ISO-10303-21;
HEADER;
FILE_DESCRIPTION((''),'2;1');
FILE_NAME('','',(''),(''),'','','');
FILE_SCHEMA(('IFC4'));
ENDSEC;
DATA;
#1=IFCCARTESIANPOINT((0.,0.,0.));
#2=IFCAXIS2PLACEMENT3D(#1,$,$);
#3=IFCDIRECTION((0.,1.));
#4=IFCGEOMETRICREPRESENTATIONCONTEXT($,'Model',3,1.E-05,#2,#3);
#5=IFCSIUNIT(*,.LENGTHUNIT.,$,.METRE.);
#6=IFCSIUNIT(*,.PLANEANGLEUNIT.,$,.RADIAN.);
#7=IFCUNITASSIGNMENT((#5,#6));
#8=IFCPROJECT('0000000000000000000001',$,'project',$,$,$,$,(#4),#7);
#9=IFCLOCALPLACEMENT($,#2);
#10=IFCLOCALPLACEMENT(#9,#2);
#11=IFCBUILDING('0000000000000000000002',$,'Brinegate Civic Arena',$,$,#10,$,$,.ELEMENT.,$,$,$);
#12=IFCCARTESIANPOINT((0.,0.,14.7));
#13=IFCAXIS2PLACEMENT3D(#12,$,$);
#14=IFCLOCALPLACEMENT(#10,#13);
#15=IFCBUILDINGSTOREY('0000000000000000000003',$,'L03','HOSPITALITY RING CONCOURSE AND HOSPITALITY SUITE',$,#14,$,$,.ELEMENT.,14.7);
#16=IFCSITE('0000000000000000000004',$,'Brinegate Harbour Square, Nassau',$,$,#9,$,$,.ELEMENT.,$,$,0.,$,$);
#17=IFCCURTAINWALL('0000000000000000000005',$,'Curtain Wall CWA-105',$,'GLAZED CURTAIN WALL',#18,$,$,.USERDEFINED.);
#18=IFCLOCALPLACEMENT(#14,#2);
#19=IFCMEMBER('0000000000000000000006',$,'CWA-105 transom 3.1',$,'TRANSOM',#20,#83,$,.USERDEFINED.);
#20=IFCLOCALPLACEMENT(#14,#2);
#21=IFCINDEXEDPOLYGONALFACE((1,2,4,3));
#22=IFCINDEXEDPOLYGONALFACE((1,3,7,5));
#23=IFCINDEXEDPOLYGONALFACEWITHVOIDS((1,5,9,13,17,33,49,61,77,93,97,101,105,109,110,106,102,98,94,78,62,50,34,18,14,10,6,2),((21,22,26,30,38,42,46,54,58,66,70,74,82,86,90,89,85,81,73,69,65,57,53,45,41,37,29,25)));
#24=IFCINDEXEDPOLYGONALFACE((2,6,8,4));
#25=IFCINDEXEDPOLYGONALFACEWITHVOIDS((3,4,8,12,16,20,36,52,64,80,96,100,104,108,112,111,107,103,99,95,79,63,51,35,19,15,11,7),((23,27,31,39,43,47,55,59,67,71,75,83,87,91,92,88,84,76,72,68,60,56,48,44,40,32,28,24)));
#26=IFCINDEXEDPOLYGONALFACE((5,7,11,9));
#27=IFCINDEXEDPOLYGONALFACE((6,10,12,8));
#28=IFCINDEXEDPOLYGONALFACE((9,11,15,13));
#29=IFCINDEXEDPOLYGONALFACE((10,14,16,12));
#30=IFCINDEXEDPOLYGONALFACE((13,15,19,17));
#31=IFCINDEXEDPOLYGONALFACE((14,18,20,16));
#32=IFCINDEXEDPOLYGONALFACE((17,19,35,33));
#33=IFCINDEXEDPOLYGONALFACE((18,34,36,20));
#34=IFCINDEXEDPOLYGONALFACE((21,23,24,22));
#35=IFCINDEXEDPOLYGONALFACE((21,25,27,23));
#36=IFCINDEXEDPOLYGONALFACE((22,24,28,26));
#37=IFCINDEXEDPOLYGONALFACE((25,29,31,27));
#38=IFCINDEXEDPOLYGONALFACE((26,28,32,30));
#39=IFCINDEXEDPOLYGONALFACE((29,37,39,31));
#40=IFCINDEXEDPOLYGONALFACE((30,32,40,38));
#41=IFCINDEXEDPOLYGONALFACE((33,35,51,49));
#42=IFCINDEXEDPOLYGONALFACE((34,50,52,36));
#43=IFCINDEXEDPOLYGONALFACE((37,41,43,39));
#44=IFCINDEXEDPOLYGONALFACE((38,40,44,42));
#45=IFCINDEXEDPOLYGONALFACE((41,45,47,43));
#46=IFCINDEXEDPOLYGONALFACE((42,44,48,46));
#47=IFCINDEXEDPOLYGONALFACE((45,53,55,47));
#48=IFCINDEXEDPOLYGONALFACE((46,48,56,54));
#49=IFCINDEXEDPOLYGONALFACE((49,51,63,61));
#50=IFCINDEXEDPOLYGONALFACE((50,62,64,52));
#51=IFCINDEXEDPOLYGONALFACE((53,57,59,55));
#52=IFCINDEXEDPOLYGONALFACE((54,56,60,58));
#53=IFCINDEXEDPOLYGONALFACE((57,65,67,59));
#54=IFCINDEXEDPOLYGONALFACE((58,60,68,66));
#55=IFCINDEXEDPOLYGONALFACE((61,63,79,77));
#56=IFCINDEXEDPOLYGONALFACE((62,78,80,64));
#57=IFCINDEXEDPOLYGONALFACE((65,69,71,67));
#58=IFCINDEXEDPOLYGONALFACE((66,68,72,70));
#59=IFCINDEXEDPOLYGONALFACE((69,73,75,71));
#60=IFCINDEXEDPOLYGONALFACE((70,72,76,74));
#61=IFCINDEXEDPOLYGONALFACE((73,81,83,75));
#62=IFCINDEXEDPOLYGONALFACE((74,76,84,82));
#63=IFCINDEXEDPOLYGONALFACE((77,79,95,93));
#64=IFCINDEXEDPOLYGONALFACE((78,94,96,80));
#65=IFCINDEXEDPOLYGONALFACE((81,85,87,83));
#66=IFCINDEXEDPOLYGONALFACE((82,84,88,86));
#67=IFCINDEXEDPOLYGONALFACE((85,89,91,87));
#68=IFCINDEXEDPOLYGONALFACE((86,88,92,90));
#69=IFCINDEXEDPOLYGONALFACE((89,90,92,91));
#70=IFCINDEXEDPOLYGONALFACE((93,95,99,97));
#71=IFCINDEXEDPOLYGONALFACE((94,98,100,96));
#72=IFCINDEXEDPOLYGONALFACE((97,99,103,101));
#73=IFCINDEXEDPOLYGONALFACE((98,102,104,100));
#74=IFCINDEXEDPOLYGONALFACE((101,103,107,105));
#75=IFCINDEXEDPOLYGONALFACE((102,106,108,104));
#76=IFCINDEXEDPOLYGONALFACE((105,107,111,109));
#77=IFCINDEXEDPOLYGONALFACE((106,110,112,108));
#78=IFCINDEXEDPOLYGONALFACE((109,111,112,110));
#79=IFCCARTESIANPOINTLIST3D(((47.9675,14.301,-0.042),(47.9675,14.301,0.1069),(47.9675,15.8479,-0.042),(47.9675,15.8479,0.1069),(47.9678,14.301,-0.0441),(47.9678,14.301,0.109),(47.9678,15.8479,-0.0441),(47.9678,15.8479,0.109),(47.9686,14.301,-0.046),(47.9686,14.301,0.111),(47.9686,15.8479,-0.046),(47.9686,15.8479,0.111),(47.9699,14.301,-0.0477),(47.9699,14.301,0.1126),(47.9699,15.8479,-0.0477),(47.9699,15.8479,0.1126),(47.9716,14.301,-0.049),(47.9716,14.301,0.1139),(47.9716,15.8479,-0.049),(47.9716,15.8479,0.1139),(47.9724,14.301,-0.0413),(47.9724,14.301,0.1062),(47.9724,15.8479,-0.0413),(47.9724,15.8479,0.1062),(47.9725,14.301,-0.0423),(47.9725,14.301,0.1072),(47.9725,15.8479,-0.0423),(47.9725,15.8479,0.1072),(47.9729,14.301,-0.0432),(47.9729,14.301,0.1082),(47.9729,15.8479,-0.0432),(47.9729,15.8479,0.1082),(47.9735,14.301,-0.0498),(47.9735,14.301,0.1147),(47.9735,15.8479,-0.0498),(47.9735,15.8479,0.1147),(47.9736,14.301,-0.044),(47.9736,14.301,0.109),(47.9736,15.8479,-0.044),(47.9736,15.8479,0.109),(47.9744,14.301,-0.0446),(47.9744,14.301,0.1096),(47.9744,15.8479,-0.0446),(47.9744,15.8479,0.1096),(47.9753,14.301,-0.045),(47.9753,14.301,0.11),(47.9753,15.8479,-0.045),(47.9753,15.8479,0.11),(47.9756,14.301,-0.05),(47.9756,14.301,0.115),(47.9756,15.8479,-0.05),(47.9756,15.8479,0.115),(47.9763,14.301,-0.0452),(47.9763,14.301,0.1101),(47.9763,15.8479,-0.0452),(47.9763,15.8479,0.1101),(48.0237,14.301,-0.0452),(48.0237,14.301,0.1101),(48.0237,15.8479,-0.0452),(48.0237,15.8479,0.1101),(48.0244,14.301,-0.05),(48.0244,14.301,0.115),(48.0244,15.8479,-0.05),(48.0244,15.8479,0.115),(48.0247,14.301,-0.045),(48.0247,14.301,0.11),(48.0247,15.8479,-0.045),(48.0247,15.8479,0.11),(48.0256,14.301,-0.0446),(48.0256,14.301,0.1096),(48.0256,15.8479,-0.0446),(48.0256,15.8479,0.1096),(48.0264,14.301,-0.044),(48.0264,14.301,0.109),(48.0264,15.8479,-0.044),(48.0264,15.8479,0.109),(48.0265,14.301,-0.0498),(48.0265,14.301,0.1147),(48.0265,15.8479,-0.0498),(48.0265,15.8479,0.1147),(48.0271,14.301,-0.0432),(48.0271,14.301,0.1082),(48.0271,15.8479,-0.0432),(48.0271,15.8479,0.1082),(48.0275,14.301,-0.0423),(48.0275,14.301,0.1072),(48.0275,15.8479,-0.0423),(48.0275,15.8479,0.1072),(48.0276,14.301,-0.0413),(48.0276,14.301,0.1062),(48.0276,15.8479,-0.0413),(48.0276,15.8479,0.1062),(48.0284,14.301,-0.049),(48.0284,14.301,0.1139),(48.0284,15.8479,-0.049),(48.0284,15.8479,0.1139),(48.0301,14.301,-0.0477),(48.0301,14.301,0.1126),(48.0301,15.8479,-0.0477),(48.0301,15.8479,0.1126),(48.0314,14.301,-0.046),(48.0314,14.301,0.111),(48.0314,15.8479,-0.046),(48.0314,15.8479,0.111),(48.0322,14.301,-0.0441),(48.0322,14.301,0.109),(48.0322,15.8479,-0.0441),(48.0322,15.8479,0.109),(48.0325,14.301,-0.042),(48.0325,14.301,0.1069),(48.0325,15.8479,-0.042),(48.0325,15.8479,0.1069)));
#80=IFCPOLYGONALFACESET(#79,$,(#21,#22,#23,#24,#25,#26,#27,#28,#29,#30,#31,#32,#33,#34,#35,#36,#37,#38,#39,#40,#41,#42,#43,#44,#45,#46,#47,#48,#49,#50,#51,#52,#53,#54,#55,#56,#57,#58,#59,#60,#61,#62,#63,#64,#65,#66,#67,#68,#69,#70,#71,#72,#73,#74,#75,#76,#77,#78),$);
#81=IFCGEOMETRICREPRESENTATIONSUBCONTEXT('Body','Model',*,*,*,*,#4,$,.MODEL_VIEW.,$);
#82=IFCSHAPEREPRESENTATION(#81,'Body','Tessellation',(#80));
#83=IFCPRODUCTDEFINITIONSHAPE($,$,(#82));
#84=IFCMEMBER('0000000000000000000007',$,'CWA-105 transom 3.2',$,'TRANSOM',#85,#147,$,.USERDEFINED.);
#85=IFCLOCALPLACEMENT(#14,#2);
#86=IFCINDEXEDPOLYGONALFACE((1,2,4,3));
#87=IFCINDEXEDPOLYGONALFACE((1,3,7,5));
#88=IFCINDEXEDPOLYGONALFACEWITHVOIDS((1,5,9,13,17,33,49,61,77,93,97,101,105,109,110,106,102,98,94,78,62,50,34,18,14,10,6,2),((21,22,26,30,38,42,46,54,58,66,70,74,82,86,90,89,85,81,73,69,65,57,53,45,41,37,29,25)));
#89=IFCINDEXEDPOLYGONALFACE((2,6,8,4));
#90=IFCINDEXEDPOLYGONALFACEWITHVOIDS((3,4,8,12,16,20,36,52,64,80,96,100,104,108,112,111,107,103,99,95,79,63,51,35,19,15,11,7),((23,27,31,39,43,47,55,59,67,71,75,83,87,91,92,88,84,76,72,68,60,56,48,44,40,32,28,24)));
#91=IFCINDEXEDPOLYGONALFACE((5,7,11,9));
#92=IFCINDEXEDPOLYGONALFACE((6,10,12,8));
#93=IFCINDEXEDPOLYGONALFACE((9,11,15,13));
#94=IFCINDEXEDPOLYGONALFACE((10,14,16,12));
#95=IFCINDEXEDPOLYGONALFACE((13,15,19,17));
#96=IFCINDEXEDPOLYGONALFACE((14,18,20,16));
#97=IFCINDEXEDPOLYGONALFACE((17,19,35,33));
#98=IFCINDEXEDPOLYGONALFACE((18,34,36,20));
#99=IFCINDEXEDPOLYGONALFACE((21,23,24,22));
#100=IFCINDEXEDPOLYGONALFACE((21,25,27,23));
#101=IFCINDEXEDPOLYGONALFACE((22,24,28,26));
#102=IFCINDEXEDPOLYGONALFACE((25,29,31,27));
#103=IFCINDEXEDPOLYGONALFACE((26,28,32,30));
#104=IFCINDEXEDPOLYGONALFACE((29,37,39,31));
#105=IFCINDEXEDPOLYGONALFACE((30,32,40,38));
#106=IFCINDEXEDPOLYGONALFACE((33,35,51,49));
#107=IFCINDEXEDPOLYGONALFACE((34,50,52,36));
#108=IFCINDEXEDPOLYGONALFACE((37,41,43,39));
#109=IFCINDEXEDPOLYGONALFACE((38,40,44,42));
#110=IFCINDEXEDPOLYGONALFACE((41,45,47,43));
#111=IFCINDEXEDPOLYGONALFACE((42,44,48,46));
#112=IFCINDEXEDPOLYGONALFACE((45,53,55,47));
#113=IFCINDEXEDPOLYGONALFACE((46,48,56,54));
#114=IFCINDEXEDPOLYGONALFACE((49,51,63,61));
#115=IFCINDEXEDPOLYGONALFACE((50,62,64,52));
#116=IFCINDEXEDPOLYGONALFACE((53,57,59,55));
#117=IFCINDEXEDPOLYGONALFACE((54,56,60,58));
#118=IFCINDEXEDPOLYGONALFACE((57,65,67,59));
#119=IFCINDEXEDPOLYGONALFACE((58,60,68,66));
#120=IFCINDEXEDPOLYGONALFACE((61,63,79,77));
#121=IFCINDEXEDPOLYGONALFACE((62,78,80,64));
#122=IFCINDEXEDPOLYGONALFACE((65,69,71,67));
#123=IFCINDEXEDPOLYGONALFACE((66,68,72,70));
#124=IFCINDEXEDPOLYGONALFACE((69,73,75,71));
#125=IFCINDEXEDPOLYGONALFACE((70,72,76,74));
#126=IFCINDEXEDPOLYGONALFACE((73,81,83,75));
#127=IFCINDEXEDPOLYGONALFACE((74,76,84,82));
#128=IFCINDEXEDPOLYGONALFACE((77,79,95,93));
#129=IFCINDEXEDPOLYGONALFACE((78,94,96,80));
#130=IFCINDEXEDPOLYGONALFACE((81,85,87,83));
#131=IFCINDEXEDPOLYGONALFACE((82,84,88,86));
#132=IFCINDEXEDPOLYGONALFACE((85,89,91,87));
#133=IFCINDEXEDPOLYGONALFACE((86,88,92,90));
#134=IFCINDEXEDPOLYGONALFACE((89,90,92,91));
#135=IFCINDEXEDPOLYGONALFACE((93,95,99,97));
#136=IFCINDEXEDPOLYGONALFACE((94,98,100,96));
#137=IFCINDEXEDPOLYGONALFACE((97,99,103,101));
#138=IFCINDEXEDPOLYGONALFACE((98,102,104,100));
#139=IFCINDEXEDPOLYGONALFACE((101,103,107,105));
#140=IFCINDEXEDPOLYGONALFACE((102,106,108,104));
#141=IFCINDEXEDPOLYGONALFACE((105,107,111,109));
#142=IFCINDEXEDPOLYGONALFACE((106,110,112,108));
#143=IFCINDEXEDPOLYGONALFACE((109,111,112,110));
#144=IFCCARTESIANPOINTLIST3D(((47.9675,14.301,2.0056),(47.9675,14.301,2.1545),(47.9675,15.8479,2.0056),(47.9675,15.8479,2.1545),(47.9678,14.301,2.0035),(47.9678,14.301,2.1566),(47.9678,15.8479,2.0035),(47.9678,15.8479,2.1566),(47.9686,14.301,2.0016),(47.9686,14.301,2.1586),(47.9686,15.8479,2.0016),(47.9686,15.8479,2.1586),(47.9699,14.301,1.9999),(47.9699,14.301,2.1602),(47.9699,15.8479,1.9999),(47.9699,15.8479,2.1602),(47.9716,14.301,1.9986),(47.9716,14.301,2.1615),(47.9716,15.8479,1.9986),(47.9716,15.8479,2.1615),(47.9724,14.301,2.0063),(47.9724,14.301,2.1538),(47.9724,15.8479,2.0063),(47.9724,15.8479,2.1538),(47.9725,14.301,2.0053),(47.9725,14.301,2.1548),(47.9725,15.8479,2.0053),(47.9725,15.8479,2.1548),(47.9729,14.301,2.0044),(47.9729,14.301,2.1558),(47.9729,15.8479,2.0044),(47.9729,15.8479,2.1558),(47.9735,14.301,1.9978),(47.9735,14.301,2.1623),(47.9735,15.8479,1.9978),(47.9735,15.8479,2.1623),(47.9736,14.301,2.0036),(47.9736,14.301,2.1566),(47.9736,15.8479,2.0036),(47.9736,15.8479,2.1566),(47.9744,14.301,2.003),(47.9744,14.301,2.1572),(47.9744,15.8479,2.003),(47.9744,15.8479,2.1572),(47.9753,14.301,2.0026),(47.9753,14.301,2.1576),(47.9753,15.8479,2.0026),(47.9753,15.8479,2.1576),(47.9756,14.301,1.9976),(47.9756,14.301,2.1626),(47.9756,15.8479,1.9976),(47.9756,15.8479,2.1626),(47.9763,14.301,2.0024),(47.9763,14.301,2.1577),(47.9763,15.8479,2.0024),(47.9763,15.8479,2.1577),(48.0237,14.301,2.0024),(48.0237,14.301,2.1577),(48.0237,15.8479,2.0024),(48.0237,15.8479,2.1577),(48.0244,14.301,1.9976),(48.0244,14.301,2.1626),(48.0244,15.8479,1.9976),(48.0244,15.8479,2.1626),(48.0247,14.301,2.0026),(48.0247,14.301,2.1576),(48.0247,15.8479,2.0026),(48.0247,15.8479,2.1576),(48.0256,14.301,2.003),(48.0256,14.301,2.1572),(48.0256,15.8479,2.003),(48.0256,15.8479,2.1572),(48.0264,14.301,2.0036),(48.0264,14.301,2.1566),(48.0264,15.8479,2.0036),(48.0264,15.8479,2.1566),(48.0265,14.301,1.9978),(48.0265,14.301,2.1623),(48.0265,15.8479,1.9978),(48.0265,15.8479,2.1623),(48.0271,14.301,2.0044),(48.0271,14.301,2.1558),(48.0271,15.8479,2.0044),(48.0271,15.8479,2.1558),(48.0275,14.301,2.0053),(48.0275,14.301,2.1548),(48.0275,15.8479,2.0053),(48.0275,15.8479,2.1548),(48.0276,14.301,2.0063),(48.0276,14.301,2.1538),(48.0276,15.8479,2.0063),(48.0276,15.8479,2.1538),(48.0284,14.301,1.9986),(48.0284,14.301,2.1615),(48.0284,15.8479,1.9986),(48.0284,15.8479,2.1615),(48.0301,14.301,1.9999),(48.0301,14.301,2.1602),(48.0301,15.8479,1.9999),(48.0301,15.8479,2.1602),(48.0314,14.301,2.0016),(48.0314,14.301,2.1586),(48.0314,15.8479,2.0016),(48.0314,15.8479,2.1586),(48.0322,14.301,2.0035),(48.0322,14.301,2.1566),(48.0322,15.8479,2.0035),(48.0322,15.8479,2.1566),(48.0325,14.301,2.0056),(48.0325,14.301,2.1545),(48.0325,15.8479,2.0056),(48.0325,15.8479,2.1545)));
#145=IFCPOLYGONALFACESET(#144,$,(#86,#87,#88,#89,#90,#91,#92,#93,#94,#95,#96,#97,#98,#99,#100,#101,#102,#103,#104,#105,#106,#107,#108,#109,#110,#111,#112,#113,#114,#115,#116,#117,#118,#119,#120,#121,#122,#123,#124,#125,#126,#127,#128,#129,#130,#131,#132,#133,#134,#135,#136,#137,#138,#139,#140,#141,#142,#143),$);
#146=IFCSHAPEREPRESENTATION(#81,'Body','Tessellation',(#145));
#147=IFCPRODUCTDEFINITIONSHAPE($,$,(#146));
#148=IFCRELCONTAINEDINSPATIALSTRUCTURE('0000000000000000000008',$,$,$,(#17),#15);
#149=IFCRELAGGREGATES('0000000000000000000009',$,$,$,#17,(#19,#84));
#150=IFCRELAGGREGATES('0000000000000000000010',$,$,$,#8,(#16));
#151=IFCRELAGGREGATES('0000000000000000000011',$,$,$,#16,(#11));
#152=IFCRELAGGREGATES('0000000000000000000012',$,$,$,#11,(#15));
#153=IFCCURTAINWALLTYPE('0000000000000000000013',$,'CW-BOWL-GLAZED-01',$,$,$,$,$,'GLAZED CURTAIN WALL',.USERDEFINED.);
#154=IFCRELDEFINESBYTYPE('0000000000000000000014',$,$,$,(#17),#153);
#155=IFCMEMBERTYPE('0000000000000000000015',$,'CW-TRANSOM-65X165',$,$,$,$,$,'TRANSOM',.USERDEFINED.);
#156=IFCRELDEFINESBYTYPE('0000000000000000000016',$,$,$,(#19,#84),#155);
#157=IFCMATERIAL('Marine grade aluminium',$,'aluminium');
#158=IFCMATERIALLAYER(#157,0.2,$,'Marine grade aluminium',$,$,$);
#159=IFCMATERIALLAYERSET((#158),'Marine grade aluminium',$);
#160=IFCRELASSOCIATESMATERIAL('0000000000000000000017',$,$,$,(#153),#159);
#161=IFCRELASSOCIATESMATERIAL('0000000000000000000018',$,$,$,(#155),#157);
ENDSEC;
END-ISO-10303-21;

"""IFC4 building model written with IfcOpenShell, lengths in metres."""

from ifc_helpers import new_model, si_unit, direction, frame, origin, origin_2d, place, context, subcontext, project, spatial, hollow_rectangle, extrude, material, layer, layer_set, material_profile, profile_set, type_object, element, aggregate, save


model = new_model("IFC4")

# Units and contexts
model_context = context("Model", 3, precision=1e-05, world=origin(), true_north=direction((0.0, 1.0)))
body_context = subcontext(model_context, "Body", "Model", "MODEL_VIEW")
ifc_project = project(units=[si_unit("LENGTHUNIT", "METRE"), si_unit("PLANEANGLEUNIT", "RADIAN")], contexts=[model_context])

# Site, building, storey
site_placement = place(None, origin())
site = spatial("IfcSite", under=ifc_project, at=site_placement, Name="Brinegate Harbour Square, Nassau", CompositionType="ELEMENT", RefElevation=0.0)
building_placement = place(site_placement, origin())
building = spatial("IfcBuilding", under=site, at=building_placement, Name="Brinegate Civic Arena", CompositionType="ELEMENT")
storey_placement = place(building_placement, frame((0.0, 0.0, 14.7)))
storey = spatial("IfcBuildingStorey", under=building, at=storey_placement, Name="L03", Description="HOSPITALITY RING CONCOURSE AND HOSPITALITY SUITE", CompositionType="ELEMENT", Elevation=14.7)

# Curtain wall
ifc_material_1 = material(Name="Marine grade aluminium", Category="aluminium")
ifc_layer_1 = layer(ifc_material_1, 0.2, Name="Marine grade aluminium")
ifc_layer_set_1 = layer_set([ifc_layer_1], Name="Marine grade aluminium")
curtain_wall_type = type_object("IfcCurtainWallType", Name="CW-BOWL-GLAZED-01", ElementType="GLAZED CURTAIN WALL", PredefinedType="USERDEFINED", material=ifc_layer_set_1)
curtain_wall_1_placement = place(storey_placement, origin())
curtain_wall_1 = element("IfcCurtainWall", 1, at=curtain_wall_1_placement, inside=storey, type_object=curtain_wall_type, Name="Curtain Wall CWA-105", ObjectType="GLAZED CURTAIN WALL", PredefinedType="USERDEFINED")

# Members
ifc_material_profile_1 = material_profile(ifc_material_1, hollow_rectangle(XDim=0.0649, YDim=0.165, WallThickness=0.0049, InnerFilletRadius=0.0039, OuterFilletRadius=0.0081, at=origin_2d()), Name="TRN65X165")
ifc_profile_set_1 = profile_set([ifc_material_profile_1], Name="Marine grade aluminium")
member_type_1 = type_object("IfcMemberType", Name="CW-TRANSOM-65X165", ElementType="TRANSOM", PredefinedType="USERDEFINED", material=ifc_profile_set_1)
member_1_placement = place(storey_placement, frame((48.0, 14.301, 0.0325), z_axis=(0.0, 1.0, 0.0), x_axis=(-1.0, 0.0, 0.0)))
member_1 = element("IfcMember", 2, at=member_1_placement, type_object=member_type_1, Name="CWA-105 transom 3.1", ObjectType="TRANSOM", PredefinedType="USERDEFINED", context=body_context, shape_type="SweptSolid", body=[
    extrude(hollow_rectangle(XDim=0.0649, YDim=0.165, WallThickness=0.0049, InnerFilletRadius=0.0039, OuterFilletRadius=0.0081, at=origin_2d()), origin(), (0.0, 0.0, 1.0), 1.5469),
])
member_2_placement = place(storey_placement, frame((48.0, 14.301, 2.0801), z_axis=(0.0, 1.0, 0.0), x_axis=(-1.0, 0.0, 0.0)))
member_2 = element("IfcMember", 3, at=member_2_placement, type_object=member_type_1, Name="CWA-105 transom 3.2", ObjectType="TRANSOM", PredefinedType="USERDEFINED", context=body_context, shape_type="SweptSolid", body=[
    extrude(hollow_rectangle(XDim=0.0649, YDim=0.165, WallThickness=0.0049, InnerFilletRadius=0.0039, OuterFilletRadius=0.0081, at=origin_2d()), origin(), (0.0, 0.0, 1.0), 1.5469),
])

aggregate(curtain_wall_1, [member_1, member_2])

save(model, "model.ifc")
